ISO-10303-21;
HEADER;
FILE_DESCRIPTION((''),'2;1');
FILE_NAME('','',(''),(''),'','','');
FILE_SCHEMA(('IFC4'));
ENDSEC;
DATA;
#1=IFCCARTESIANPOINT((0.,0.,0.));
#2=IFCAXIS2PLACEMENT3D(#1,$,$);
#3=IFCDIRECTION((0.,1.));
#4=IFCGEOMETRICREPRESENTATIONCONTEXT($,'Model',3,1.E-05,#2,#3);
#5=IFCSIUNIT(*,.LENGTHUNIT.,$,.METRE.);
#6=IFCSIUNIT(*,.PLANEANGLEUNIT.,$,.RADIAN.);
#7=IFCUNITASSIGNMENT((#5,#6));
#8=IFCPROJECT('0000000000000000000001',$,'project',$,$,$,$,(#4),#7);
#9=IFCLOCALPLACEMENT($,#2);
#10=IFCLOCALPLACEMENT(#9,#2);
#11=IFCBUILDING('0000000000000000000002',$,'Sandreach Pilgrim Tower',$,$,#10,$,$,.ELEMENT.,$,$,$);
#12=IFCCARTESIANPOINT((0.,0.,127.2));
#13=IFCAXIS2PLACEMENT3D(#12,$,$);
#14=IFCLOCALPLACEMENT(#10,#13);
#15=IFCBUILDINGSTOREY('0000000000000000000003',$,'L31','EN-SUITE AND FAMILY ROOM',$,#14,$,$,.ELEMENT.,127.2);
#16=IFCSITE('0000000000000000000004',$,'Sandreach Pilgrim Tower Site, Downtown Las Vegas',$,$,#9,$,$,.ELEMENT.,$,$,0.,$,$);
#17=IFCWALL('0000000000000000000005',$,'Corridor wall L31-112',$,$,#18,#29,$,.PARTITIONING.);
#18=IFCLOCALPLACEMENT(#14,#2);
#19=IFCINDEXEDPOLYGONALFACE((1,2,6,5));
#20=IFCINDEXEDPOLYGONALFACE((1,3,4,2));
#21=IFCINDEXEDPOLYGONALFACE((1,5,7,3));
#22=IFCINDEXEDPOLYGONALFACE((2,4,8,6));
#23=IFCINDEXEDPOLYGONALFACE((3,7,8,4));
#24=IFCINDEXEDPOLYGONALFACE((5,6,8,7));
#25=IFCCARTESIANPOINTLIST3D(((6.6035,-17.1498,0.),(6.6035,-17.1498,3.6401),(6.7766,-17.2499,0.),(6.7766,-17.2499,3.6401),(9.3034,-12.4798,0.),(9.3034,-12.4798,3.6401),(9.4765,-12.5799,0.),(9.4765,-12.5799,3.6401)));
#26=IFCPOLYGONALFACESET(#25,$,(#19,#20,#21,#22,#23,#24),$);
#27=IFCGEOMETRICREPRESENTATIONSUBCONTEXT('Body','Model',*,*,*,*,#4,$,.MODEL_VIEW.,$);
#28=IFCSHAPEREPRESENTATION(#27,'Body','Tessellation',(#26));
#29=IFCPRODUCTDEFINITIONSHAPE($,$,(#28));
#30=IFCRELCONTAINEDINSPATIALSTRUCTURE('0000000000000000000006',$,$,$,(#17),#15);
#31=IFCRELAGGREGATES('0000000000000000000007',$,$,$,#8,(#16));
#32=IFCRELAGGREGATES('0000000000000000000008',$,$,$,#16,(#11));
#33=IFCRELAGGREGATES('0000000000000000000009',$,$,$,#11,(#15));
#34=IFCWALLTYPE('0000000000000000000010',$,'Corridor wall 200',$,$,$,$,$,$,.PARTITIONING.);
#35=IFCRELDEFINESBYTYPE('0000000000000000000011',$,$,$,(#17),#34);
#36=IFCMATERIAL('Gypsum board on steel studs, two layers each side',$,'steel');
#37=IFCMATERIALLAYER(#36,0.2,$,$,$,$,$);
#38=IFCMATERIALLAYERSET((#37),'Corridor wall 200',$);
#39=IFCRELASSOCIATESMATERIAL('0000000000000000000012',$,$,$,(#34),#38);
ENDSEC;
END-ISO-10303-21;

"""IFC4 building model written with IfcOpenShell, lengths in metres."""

from ifc_helpers import new_model, si_unit, direction, frame, frame_2d, origin, place, context, subcontext, project, spatial, rectangle, extrude, material, layer, layer_set, type_object, element, save


model = new_model("IFC4")

# Units and contexts
model_context = context("Model", 3, precision=1e-05, world=origin(), true_north=direction((0.0, 1.0)))
body_context = subcontext(model_context, "Body", "Model", "MODEL_VIEW")
ifc_project = project(units=[si_unit("LENGTHUNIT", "METRE"), si_unit("PLANEANGLEUNIT", "RADIAN")], contexts=[model_context])

# Site, building, storey
site_placement = place(None, origin())
site = spatial("IfcSite", under=ifc_project, at=site_placement, Name="Sandreach Pilgrim Tower Site, Downtown Las Vegas", CompositionType="ELEMENT", RefElevation=0.0)
building_placement = place(site_placement, origin())
building = spatial("IfcBuilding", under=site, at=building_placement, Name="Sandreach Pilgrim Tower", CompositionType="ELEMENT")
storey_placement = place(building_placement, frame((0.0, 0.0, 127.2)))
storey = spatial("IfcBuildingStorey", under=building, at=storey_placement, Name="L31", Description="EN-SUITE AND FAMILY ROOM", CompositionType="ELEMENT", Elevation=127.2)

# Shared definitions
ifc_material_1 = material(Name="Gypsum board on steel studs, two layers each side", Category="steel")
ifc_layer_1 = layer(ifc_material_1, 0.2)
ifc_layer_set_1 = layer_set([ifc_layer_1], Name="Corridor wall 200")
wall_type_1 = type_object("IfcWallType", Name="Corridor wall 200", PredefinedType="PARTITIONING", material=ifc_layer_set_1)

# Wall
wall_1_placement = place(storey_placement, frame((6.6899, -17.2, 0.0), z_axis=(0.0, 0.0, 1.0), x_axis=(0.500524, 0.865723, 0.0)))
element("IfcWall", 1, at=wall_1_placement, inside=storey, type_object=wall_type_1, Name="Corridor wall L31-112", PredefinedType="PARTITIONING", context=body_context, shape_type="SweptSolid", body=[
    extrude(rectangle(XDim=5.3943, YDim=0.2, at=frame_2d((2.6973, 0.0))), origin(), (0.0, 0.0, 1.0), 3.6401),
])

save(model, "model.ifc")
